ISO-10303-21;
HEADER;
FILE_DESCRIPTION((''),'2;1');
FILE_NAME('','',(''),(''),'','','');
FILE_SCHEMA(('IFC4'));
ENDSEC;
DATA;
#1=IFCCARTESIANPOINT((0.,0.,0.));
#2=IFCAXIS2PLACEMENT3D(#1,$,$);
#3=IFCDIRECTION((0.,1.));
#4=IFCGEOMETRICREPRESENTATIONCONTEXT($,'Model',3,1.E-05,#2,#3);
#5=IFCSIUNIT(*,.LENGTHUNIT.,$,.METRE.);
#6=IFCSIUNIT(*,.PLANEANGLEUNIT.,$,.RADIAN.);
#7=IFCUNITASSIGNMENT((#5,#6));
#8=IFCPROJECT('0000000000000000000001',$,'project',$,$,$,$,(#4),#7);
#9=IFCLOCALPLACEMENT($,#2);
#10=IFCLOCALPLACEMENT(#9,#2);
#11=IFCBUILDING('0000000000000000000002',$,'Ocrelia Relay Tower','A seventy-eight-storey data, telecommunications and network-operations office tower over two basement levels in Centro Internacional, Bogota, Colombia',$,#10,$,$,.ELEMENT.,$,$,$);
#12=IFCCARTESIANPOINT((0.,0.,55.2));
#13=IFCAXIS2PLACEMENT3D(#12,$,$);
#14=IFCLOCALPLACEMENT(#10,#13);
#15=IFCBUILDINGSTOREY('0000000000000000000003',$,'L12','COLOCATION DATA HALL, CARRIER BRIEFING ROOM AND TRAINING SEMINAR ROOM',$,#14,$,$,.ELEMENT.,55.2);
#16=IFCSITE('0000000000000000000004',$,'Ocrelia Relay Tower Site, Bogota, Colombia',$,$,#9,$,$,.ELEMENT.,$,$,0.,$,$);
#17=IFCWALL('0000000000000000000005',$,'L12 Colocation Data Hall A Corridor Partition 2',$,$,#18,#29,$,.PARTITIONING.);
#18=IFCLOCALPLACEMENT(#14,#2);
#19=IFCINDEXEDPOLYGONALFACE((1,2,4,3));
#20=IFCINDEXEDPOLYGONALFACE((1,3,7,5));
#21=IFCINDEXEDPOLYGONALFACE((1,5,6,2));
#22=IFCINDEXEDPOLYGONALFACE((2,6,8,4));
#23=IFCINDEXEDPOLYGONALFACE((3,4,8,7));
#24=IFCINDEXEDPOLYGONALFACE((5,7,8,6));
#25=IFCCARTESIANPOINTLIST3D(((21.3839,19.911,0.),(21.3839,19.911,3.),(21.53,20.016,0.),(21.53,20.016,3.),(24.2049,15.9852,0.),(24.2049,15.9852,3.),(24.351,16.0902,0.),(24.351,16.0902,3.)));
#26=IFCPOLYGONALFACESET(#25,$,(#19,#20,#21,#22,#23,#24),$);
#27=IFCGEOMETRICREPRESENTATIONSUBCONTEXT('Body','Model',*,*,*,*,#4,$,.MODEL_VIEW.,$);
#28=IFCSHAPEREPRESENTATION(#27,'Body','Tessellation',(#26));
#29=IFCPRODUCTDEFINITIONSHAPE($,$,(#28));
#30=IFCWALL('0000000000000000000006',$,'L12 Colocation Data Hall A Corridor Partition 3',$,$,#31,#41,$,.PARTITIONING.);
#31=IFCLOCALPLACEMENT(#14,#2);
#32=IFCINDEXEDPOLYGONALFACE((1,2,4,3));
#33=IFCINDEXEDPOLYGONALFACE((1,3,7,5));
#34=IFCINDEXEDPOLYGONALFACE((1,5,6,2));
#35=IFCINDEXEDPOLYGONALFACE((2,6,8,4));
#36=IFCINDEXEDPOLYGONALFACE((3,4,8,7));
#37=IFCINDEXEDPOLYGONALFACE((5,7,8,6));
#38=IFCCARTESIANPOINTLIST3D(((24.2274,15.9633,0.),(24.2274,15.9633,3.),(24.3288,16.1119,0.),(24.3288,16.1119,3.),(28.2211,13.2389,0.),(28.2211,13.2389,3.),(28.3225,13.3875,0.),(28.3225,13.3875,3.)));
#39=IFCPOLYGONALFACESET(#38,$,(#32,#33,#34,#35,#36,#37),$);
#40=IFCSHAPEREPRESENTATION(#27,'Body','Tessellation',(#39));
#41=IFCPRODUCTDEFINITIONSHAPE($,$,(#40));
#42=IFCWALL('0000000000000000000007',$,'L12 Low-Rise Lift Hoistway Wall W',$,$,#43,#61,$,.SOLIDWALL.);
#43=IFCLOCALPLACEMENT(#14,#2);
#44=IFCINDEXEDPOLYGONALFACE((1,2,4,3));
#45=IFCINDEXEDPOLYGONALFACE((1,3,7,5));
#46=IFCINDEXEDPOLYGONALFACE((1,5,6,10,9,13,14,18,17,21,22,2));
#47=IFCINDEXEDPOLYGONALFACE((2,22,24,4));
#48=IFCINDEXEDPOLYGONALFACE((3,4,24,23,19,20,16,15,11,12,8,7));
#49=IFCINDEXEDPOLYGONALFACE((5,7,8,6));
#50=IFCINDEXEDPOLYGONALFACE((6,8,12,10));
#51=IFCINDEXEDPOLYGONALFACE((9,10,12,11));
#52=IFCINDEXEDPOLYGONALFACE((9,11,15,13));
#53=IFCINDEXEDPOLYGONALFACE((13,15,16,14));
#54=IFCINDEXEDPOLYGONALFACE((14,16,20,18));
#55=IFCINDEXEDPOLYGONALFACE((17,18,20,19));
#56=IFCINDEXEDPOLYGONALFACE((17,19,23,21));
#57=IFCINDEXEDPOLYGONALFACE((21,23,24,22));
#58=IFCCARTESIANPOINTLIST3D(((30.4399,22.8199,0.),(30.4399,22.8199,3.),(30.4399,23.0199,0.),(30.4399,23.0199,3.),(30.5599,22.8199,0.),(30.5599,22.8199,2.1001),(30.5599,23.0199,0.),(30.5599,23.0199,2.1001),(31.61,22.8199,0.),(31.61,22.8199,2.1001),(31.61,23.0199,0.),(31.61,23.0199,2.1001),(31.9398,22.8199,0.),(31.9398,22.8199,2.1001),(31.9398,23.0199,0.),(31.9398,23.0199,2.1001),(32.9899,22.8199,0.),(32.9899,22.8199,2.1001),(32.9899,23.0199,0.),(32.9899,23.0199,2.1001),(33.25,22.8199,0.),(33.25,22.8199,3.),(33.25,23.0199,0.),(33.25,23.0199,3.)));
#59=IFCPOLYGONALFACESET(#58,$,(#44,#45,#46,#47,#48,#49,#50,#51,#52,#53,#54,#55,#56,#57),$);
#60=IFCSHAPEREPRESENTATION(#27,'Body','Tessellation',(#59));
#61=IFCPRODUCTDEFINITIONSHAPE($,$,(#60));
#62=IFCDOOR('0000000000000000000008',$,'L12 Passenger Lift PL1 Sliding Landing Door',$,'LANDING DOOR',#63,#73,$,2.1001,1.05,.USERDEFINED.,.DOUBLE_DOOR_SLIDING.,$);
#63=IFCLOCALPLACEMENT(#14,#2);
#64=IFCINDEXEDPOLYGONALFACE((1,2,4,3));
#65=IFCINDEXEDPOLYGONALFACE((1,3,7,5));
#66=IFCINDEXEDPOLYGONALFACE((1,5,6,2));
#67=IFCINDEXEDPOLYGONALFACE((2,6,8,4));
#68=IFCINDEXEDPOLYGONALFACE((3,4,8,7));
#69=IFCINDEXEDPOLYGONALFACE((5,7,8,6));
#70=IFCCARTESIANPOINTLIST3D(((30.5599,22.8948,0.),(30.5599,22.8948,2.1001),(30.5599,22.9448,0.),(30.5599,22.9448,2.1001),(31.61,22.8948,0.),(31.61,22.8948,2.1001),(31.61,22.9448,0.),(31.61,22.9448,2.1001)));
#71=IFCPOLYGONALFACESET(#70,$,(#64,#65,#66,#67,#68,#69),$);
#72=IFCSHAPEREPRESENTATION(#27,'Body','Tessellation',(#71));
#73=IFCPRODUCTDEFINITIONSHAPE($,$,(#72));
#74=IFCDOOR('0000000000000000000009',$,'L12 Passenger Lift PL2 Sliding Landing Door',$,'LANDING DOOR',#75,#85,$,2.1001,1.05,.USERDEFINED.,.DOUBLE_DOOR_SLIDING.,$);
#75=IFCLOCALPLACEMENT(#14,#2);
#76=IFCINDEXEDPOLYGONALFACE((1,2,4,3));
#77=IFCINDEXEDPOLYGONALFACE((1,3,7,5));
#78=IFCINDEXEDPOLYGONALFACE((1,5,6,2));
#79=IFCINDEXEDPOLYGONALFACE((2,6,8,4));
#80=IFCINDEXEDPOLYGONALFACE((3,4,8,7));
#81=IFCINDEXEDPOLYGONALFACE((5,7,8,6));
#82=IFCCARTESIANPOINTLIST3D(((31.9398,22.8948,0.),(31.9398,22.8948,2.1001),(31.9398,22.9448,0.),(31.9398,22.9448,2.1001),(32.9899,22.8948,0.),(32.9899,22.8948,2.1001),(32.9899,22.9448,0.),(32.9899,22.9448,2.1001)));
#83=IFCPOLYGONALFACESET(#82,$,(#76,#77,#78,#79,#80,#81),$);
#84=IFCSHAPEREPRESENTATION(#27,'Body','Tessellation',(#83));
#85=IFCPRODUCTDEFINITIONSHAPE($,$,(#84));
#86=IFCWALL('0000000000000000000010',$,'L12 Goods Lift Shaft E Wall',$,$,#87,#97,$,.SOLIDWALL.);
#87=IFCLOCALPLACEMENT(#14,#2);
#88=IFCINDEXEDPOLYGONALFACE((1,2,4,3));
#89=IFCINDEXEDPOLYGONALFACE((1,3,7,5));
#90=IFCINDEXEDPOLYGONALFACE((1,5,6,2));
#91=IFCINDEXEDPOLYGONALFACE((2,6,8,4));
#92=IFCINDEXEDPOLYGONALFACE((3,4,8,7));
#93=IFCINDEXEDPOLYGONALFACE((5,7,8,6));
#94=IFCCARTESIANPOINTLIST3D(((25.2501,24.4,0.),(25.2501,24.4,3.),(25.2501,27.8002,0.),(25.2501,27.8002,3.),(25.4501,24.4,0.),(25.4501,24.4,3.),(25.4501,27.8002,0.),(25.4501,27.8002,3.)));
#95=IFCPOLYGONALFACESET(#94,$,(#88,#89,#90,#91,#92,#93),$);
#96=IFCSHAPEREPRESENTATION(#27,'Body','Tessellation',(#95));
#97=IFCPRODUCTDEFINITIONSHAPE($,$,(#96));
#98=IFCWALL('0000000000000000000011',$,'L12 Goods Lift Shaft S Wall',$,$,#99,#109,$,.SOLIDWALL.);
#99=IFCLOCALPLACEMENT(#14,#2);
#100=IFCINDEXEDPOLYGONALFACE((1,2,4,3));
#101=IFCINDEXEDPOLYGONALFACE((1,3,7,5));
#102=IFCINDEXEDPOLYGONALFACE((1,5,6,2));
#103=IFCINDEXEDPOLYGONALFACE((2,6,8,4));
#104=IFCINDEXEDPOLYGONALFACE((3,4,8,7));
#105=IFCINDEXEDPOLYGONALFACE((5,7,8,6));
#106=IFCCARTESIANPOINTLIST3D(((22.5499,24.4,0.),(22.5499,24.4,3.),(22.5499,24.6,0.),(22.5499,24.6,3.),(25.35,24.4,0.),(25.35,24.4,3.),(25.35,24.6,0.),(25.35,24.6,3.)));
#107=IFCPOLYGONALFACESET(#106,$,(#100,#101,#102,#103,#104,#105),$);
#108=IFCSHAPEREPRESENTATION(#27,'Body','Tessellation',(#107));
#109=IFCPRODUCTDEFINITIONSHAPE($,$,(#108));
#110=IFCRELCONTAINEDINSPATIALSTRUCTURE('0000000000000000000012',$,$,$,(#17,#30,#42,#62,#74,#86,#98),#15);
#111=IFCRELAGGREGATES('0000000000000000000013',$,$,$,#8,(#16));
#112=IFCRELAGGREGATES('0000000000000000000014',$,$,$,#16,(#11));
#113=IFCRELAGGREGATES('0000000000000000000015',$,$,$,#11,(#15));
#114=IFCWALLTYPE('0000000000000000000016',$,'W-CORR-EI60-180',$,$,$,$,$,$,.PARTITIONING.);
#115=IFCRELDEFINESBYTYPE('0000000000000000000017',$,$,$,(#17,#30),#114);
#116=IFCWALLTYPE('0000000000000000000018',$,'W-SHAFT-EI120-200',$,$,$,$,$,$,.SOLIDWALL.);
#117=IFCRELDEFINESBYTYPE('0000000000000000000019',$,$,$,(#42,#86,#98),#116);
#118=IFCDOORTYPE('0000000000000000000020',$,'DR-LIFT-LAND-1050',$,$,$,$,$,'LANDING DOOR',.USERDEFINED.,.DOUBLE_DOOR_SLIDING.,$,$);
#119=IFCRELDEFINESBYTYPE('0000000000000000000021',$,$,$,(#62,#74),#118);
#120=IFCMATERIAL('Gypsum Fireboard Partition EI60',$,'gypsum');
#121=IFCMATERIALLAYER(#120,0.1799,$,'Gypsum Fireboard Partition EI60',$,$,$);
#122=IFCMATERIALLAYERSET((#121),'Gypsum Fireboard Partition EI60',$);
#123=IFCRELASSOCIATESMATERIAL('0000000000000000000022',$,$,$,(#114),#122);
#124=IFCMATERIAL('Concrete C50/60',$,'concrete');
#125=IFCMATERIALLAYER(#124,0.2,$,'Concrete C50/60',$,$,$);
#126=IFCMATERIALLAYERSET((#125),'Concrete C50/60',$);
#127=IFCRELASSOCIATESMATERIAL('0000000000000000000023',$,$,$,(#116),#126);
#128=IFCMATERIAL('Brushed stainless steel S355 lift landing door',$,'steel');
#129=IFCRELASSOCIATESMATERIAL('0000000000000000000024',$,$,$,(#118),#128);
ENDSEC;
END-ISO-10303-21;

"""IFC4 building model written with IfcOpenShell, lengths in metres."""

from ifc_helpers import new_model, si_unit, direction, frame, frame_2d, origin, place, context, subcontext, project, spatial, rectangle, extrude, material, layer, layer_set, type_object, element, fill, save


model = new_model("IFC4")

# Units and contexts
model_context = context("Model", 3, precision=1e-05, world=origin(), true_north=direction((0.0, 1.0)))
body_context = subcontext(model_context, "Body", "Model", "MODEL_VIEW")
ifc_project = project(units=[si_unit("LENGTHUNIT", "METRE"), si_unit("PLANEANGLEUNIT", "RADIAN")], contexts=[model_context])

# Site, building, storey
site_placement = place(None, origin())
site = spatial("IfcSite", under=ifc_project, at=site_placement, Name="Ocrelia Relay Tower Site, Bogota, Colombia", CompositionType="ELEMENT", RefElevation=0.0)
building_placement = place(site_placement, origin())
building = spatial("IfcBuilding", under=site, at=building_placement, Name="Ocrelia Relay Tower", Description="A seventy-eight-storey data, telecommunications and network-operations office tower over two basement levels in Centro Internacional, Bogota, Colombia", CompositionType="ELEMENT")
storey_placement = place(building_placement, frame((0.0, 0.0, 55.2)))
storey = spatial("IfcBuildingStorey", under=building, at=storey_placement, Name="L12", Description="COLOCATION DATA HALL, CARRIER BRIEFING ROOM AND TRAINING SEMINAR ROOM", CompositionType="ELEMENT", Elevation=55.2)

# Walls
ifc_material_1 = material(Name="Gypsum Fireboard Partition EI60", Category="gypsum")
ifc_layer_1 = layer(ifc_material_1, 0.1799, Name="Gypsum Fireboard Partition EI60")
ifc_layer_set_1 = layer_set([ifc_layer_1], Name="Gypsum Fireboard Partition EI60")
wall_type_1 = type_object("IfcWallType", Name="W-CORR-EI60-180", PredefinedType="PARTITIONING", material=ifc_layer_set_1)
wall_1_placement = place(storey_placement, frame((21.457, 19.9634, 0.0), z_axis=(0.0, 0.0, 1.0), x_axis=(0.583553, -0.812075, 0.0)))
element("IfcWall", 1, at=wall_1_placement, inside=storey, type_object=wall_type_1, Name="L12 Colocation Data Hall A Corridor Partition 2", PredefinedType="PARTITIONING", context=body_context, shape_type="SweptSolid", body=[
    extrude(rectangle(XDim=4.8342, YDim=0.1799, at=frame_2d((2.417, 0.0))), origin(), (0.0, 0.0, 1.0), 3.0),
])
wall_2_placement = place(storey_placement, frame((24.2781, 16.0376, 0.0), z_axis=(0.0, 0.0, 1.0), x_axis=(0.826091, -0.563537, 0.0)))
element("IfcWall", 2, at=wall_2_placement, inside=storey, type_object=wall_type_1, Name="L12 Colocation Data Hall A Corridor Partition 3", PredefinedType="PARTITIONING", context=body_context, shape_type="SweptSolid", body=[
    extrude(rectangle(XDim=4.8345, YDim=0.1799, at=frame_2d((2.4172, 0.0))), origin(), (0.0, 0.0, 1.0), 3.0),
])

# Wall, openings, doors
ifc_material_2 = material(Name="Concrete C50/60", Category="concrete")
ifc_layer_2 = layer(ifc_material_2, 0.2, Name="Concrete C50/60")
ifc_layer_set_2 = layer_set([ifc_layer_2], Name="Concrete C50/60")
wall_type_2 = type_object("IfcWallType", Name="W-SHAFT-EI120-200", PredefinedType="SOLIDWALL", material=ifc_layer_set_2)
wall_3_placement = place(storey_placement, frame((30.4399, 22.9199, 0.0), z_axis=(0.0, 0.0, 1.0), x_axis=(1.0, 0.0, 0.0)))
wall_3 = element("IfcWall", 3, at=wall_3_placement, inside=storey, type_object=wall_type_2, Name="L12 Low-Rise Lift Hoistway Wall W", PredefinedType="SOLIDWALL", context=body_context, shape_type="SweptSolid", body=[
    extrude(rectangle(XDim=2.8101, YDim=0.2, at=frame_2d((1.405, 0.0))), origin(), (0.0, 0.0, 1.0), 3.0),
])
opening_1_placement = place(wall_3_placement, frame((0.1201, 0.0, 0.0)))
opening_1 = element("IfcOpeningElement", 4, at=opening_1_placement, cuts=wall_3, PredefinedType="OPENING", context=body_context, shape_type="SweptSolid", body=[
    extrude(rectangle(XDim=1.05, YDim=2.1001, at=frame_2d((0.5249, 1.05))), frame((0.0, 0.1099, 0.0), z_axis=(0.0, -1.0, 0.0), x_axis=(1.0, 0.0, 0.0)), (0.0, 0.0, 1.0), 0.22),
])
opening_2_placement = place(wall_3_placement, frame((1.5, 0.0, 0.0)))
opening_2 = element("IfcOpeningElement", 5, at=opening_2_placement, cuts=wall_3, PredefinedType="OPENING", context=body_context, shape_type="SweptSolid", body=[
    extrude(rectangle(XDim=1.05, YDim=2.1001, at=frame_2d((0.5249, 1.05))), frame((0.0, 0.1099, 0.0), z_axis=(0.0, -1.0, 0.0), x_axis=(1.0, 0.0, 0.0)), (0.0, 0.0, 1.0), 0.22),
])
ifc_material_3 = material(Name="Brushed stainless steel S355 lift landing door", Category="steel")
door_type_1 = type_object("IfcDoorType", Name="DR-LIFT-LAND-1050", ElementType="LANDING DOOR", OperationType="DOUBLE_DOOR_SLIDING", PredefinedType="USERDEFINED", material=ifc_material_3)
door_1_placement = place(opening_1_placement, origin())
door_1 = element("IfcDoor", 6, at=door_1_placement, inside=storey, type_object=door_type_1, Name="L12 Passenger Lift PL1 Sliding Landing Door", ObjectType="LANDING DOOR", OperationType="DOUBLE_DOOR_SLIDING", OverallHeight=2.1001, OverallWidth=1.05, PredefinedType="USERDEFINED", context=body_context, shape_type="SweptSolid", body=[
    extrude(rectangle(XDim=1.05, YDim=2.1001, at=frame_2d((0.5249, 1.05))), frame((0.0, 0.0249, 0.0), z_axis=(0.0, -1.0, 0.0), x_axis=(1.0, 0.0, 0.0)), (0.0, 0.0, 1.0), 0.05),
])
fill(opening_1, door_1)
door_2_placement = place(opening_2_placement, origin())
door_2 = element("IfcDoor", 7, at=door_2_placement, inside=storey, type_object=door_type_1, Name="L12 Passenger Lift PL2 Sliding Landing Door", ObjectType="LANDING DOOR", OperationType="DOUBLE_DOOR_SLIDING", OverallHeight=2.1001, OverallWidth=1.05, PredefinedType="USERDEFINED", context=body_context, shape_type="SweptSolid", body=[
    extrude(rectangle(XDim=1.05, YDim=2.1001, at=frame_2d((0.5249, 1.05))), frame((0.0, 0.0249, 0.0), z_axis=(0.0, -1.0, 0.0), x_axis=(1.0, 0.0, 0.0)), (0.0, 0.0, 1.0), 0.05),
])
fill(opening_2, door_2)

# Walls
wall_4_placement = place(storey_placement, frame((25.3501, 24.3999, 0.0), z_axis=(0.0, 0.0, 1.0), x_axis=(0.0, 1.0, 0.0)))
element("IfcWall", 8, at=wall_4_placement, inside=storey, type_object=wall_type_2, Name="L12 Goods Lift Shaft E Wall", PredefinedType="SOLIDWALL", context=body_context, shape_type="SweptSolid", body=[
    extrude(rectangle(XDim=3.4001, YDim=0.2, at=frame_2d((1.7002, 0.0))), origin(), (0.0, 0.0, 1.0), 3.0),
])
wall_5_placement = place(storey_placement, frame((22.55, 24.5, 0.0), z_axis=(0.0, 0.0, 1.0), x_axis=(1.0, 0.0, 0.0)))
element("IfcWall", 9, at=wall_5_placement, inside=storey, type_object=wall_type_2, Name="L12 Goods Lift Shaft S Wall", PredefinedType="SOLIDWALL", context=body_context, shape_type="SweptSolid", body=[
    extrude(rectangle(XDim=2.8, YDim=0.2, at=frame_2d((1.3999, 0.0))), origin(), (0.0, 0.0, 1.0), 3.0),
])

save(model, "model.ifc")
